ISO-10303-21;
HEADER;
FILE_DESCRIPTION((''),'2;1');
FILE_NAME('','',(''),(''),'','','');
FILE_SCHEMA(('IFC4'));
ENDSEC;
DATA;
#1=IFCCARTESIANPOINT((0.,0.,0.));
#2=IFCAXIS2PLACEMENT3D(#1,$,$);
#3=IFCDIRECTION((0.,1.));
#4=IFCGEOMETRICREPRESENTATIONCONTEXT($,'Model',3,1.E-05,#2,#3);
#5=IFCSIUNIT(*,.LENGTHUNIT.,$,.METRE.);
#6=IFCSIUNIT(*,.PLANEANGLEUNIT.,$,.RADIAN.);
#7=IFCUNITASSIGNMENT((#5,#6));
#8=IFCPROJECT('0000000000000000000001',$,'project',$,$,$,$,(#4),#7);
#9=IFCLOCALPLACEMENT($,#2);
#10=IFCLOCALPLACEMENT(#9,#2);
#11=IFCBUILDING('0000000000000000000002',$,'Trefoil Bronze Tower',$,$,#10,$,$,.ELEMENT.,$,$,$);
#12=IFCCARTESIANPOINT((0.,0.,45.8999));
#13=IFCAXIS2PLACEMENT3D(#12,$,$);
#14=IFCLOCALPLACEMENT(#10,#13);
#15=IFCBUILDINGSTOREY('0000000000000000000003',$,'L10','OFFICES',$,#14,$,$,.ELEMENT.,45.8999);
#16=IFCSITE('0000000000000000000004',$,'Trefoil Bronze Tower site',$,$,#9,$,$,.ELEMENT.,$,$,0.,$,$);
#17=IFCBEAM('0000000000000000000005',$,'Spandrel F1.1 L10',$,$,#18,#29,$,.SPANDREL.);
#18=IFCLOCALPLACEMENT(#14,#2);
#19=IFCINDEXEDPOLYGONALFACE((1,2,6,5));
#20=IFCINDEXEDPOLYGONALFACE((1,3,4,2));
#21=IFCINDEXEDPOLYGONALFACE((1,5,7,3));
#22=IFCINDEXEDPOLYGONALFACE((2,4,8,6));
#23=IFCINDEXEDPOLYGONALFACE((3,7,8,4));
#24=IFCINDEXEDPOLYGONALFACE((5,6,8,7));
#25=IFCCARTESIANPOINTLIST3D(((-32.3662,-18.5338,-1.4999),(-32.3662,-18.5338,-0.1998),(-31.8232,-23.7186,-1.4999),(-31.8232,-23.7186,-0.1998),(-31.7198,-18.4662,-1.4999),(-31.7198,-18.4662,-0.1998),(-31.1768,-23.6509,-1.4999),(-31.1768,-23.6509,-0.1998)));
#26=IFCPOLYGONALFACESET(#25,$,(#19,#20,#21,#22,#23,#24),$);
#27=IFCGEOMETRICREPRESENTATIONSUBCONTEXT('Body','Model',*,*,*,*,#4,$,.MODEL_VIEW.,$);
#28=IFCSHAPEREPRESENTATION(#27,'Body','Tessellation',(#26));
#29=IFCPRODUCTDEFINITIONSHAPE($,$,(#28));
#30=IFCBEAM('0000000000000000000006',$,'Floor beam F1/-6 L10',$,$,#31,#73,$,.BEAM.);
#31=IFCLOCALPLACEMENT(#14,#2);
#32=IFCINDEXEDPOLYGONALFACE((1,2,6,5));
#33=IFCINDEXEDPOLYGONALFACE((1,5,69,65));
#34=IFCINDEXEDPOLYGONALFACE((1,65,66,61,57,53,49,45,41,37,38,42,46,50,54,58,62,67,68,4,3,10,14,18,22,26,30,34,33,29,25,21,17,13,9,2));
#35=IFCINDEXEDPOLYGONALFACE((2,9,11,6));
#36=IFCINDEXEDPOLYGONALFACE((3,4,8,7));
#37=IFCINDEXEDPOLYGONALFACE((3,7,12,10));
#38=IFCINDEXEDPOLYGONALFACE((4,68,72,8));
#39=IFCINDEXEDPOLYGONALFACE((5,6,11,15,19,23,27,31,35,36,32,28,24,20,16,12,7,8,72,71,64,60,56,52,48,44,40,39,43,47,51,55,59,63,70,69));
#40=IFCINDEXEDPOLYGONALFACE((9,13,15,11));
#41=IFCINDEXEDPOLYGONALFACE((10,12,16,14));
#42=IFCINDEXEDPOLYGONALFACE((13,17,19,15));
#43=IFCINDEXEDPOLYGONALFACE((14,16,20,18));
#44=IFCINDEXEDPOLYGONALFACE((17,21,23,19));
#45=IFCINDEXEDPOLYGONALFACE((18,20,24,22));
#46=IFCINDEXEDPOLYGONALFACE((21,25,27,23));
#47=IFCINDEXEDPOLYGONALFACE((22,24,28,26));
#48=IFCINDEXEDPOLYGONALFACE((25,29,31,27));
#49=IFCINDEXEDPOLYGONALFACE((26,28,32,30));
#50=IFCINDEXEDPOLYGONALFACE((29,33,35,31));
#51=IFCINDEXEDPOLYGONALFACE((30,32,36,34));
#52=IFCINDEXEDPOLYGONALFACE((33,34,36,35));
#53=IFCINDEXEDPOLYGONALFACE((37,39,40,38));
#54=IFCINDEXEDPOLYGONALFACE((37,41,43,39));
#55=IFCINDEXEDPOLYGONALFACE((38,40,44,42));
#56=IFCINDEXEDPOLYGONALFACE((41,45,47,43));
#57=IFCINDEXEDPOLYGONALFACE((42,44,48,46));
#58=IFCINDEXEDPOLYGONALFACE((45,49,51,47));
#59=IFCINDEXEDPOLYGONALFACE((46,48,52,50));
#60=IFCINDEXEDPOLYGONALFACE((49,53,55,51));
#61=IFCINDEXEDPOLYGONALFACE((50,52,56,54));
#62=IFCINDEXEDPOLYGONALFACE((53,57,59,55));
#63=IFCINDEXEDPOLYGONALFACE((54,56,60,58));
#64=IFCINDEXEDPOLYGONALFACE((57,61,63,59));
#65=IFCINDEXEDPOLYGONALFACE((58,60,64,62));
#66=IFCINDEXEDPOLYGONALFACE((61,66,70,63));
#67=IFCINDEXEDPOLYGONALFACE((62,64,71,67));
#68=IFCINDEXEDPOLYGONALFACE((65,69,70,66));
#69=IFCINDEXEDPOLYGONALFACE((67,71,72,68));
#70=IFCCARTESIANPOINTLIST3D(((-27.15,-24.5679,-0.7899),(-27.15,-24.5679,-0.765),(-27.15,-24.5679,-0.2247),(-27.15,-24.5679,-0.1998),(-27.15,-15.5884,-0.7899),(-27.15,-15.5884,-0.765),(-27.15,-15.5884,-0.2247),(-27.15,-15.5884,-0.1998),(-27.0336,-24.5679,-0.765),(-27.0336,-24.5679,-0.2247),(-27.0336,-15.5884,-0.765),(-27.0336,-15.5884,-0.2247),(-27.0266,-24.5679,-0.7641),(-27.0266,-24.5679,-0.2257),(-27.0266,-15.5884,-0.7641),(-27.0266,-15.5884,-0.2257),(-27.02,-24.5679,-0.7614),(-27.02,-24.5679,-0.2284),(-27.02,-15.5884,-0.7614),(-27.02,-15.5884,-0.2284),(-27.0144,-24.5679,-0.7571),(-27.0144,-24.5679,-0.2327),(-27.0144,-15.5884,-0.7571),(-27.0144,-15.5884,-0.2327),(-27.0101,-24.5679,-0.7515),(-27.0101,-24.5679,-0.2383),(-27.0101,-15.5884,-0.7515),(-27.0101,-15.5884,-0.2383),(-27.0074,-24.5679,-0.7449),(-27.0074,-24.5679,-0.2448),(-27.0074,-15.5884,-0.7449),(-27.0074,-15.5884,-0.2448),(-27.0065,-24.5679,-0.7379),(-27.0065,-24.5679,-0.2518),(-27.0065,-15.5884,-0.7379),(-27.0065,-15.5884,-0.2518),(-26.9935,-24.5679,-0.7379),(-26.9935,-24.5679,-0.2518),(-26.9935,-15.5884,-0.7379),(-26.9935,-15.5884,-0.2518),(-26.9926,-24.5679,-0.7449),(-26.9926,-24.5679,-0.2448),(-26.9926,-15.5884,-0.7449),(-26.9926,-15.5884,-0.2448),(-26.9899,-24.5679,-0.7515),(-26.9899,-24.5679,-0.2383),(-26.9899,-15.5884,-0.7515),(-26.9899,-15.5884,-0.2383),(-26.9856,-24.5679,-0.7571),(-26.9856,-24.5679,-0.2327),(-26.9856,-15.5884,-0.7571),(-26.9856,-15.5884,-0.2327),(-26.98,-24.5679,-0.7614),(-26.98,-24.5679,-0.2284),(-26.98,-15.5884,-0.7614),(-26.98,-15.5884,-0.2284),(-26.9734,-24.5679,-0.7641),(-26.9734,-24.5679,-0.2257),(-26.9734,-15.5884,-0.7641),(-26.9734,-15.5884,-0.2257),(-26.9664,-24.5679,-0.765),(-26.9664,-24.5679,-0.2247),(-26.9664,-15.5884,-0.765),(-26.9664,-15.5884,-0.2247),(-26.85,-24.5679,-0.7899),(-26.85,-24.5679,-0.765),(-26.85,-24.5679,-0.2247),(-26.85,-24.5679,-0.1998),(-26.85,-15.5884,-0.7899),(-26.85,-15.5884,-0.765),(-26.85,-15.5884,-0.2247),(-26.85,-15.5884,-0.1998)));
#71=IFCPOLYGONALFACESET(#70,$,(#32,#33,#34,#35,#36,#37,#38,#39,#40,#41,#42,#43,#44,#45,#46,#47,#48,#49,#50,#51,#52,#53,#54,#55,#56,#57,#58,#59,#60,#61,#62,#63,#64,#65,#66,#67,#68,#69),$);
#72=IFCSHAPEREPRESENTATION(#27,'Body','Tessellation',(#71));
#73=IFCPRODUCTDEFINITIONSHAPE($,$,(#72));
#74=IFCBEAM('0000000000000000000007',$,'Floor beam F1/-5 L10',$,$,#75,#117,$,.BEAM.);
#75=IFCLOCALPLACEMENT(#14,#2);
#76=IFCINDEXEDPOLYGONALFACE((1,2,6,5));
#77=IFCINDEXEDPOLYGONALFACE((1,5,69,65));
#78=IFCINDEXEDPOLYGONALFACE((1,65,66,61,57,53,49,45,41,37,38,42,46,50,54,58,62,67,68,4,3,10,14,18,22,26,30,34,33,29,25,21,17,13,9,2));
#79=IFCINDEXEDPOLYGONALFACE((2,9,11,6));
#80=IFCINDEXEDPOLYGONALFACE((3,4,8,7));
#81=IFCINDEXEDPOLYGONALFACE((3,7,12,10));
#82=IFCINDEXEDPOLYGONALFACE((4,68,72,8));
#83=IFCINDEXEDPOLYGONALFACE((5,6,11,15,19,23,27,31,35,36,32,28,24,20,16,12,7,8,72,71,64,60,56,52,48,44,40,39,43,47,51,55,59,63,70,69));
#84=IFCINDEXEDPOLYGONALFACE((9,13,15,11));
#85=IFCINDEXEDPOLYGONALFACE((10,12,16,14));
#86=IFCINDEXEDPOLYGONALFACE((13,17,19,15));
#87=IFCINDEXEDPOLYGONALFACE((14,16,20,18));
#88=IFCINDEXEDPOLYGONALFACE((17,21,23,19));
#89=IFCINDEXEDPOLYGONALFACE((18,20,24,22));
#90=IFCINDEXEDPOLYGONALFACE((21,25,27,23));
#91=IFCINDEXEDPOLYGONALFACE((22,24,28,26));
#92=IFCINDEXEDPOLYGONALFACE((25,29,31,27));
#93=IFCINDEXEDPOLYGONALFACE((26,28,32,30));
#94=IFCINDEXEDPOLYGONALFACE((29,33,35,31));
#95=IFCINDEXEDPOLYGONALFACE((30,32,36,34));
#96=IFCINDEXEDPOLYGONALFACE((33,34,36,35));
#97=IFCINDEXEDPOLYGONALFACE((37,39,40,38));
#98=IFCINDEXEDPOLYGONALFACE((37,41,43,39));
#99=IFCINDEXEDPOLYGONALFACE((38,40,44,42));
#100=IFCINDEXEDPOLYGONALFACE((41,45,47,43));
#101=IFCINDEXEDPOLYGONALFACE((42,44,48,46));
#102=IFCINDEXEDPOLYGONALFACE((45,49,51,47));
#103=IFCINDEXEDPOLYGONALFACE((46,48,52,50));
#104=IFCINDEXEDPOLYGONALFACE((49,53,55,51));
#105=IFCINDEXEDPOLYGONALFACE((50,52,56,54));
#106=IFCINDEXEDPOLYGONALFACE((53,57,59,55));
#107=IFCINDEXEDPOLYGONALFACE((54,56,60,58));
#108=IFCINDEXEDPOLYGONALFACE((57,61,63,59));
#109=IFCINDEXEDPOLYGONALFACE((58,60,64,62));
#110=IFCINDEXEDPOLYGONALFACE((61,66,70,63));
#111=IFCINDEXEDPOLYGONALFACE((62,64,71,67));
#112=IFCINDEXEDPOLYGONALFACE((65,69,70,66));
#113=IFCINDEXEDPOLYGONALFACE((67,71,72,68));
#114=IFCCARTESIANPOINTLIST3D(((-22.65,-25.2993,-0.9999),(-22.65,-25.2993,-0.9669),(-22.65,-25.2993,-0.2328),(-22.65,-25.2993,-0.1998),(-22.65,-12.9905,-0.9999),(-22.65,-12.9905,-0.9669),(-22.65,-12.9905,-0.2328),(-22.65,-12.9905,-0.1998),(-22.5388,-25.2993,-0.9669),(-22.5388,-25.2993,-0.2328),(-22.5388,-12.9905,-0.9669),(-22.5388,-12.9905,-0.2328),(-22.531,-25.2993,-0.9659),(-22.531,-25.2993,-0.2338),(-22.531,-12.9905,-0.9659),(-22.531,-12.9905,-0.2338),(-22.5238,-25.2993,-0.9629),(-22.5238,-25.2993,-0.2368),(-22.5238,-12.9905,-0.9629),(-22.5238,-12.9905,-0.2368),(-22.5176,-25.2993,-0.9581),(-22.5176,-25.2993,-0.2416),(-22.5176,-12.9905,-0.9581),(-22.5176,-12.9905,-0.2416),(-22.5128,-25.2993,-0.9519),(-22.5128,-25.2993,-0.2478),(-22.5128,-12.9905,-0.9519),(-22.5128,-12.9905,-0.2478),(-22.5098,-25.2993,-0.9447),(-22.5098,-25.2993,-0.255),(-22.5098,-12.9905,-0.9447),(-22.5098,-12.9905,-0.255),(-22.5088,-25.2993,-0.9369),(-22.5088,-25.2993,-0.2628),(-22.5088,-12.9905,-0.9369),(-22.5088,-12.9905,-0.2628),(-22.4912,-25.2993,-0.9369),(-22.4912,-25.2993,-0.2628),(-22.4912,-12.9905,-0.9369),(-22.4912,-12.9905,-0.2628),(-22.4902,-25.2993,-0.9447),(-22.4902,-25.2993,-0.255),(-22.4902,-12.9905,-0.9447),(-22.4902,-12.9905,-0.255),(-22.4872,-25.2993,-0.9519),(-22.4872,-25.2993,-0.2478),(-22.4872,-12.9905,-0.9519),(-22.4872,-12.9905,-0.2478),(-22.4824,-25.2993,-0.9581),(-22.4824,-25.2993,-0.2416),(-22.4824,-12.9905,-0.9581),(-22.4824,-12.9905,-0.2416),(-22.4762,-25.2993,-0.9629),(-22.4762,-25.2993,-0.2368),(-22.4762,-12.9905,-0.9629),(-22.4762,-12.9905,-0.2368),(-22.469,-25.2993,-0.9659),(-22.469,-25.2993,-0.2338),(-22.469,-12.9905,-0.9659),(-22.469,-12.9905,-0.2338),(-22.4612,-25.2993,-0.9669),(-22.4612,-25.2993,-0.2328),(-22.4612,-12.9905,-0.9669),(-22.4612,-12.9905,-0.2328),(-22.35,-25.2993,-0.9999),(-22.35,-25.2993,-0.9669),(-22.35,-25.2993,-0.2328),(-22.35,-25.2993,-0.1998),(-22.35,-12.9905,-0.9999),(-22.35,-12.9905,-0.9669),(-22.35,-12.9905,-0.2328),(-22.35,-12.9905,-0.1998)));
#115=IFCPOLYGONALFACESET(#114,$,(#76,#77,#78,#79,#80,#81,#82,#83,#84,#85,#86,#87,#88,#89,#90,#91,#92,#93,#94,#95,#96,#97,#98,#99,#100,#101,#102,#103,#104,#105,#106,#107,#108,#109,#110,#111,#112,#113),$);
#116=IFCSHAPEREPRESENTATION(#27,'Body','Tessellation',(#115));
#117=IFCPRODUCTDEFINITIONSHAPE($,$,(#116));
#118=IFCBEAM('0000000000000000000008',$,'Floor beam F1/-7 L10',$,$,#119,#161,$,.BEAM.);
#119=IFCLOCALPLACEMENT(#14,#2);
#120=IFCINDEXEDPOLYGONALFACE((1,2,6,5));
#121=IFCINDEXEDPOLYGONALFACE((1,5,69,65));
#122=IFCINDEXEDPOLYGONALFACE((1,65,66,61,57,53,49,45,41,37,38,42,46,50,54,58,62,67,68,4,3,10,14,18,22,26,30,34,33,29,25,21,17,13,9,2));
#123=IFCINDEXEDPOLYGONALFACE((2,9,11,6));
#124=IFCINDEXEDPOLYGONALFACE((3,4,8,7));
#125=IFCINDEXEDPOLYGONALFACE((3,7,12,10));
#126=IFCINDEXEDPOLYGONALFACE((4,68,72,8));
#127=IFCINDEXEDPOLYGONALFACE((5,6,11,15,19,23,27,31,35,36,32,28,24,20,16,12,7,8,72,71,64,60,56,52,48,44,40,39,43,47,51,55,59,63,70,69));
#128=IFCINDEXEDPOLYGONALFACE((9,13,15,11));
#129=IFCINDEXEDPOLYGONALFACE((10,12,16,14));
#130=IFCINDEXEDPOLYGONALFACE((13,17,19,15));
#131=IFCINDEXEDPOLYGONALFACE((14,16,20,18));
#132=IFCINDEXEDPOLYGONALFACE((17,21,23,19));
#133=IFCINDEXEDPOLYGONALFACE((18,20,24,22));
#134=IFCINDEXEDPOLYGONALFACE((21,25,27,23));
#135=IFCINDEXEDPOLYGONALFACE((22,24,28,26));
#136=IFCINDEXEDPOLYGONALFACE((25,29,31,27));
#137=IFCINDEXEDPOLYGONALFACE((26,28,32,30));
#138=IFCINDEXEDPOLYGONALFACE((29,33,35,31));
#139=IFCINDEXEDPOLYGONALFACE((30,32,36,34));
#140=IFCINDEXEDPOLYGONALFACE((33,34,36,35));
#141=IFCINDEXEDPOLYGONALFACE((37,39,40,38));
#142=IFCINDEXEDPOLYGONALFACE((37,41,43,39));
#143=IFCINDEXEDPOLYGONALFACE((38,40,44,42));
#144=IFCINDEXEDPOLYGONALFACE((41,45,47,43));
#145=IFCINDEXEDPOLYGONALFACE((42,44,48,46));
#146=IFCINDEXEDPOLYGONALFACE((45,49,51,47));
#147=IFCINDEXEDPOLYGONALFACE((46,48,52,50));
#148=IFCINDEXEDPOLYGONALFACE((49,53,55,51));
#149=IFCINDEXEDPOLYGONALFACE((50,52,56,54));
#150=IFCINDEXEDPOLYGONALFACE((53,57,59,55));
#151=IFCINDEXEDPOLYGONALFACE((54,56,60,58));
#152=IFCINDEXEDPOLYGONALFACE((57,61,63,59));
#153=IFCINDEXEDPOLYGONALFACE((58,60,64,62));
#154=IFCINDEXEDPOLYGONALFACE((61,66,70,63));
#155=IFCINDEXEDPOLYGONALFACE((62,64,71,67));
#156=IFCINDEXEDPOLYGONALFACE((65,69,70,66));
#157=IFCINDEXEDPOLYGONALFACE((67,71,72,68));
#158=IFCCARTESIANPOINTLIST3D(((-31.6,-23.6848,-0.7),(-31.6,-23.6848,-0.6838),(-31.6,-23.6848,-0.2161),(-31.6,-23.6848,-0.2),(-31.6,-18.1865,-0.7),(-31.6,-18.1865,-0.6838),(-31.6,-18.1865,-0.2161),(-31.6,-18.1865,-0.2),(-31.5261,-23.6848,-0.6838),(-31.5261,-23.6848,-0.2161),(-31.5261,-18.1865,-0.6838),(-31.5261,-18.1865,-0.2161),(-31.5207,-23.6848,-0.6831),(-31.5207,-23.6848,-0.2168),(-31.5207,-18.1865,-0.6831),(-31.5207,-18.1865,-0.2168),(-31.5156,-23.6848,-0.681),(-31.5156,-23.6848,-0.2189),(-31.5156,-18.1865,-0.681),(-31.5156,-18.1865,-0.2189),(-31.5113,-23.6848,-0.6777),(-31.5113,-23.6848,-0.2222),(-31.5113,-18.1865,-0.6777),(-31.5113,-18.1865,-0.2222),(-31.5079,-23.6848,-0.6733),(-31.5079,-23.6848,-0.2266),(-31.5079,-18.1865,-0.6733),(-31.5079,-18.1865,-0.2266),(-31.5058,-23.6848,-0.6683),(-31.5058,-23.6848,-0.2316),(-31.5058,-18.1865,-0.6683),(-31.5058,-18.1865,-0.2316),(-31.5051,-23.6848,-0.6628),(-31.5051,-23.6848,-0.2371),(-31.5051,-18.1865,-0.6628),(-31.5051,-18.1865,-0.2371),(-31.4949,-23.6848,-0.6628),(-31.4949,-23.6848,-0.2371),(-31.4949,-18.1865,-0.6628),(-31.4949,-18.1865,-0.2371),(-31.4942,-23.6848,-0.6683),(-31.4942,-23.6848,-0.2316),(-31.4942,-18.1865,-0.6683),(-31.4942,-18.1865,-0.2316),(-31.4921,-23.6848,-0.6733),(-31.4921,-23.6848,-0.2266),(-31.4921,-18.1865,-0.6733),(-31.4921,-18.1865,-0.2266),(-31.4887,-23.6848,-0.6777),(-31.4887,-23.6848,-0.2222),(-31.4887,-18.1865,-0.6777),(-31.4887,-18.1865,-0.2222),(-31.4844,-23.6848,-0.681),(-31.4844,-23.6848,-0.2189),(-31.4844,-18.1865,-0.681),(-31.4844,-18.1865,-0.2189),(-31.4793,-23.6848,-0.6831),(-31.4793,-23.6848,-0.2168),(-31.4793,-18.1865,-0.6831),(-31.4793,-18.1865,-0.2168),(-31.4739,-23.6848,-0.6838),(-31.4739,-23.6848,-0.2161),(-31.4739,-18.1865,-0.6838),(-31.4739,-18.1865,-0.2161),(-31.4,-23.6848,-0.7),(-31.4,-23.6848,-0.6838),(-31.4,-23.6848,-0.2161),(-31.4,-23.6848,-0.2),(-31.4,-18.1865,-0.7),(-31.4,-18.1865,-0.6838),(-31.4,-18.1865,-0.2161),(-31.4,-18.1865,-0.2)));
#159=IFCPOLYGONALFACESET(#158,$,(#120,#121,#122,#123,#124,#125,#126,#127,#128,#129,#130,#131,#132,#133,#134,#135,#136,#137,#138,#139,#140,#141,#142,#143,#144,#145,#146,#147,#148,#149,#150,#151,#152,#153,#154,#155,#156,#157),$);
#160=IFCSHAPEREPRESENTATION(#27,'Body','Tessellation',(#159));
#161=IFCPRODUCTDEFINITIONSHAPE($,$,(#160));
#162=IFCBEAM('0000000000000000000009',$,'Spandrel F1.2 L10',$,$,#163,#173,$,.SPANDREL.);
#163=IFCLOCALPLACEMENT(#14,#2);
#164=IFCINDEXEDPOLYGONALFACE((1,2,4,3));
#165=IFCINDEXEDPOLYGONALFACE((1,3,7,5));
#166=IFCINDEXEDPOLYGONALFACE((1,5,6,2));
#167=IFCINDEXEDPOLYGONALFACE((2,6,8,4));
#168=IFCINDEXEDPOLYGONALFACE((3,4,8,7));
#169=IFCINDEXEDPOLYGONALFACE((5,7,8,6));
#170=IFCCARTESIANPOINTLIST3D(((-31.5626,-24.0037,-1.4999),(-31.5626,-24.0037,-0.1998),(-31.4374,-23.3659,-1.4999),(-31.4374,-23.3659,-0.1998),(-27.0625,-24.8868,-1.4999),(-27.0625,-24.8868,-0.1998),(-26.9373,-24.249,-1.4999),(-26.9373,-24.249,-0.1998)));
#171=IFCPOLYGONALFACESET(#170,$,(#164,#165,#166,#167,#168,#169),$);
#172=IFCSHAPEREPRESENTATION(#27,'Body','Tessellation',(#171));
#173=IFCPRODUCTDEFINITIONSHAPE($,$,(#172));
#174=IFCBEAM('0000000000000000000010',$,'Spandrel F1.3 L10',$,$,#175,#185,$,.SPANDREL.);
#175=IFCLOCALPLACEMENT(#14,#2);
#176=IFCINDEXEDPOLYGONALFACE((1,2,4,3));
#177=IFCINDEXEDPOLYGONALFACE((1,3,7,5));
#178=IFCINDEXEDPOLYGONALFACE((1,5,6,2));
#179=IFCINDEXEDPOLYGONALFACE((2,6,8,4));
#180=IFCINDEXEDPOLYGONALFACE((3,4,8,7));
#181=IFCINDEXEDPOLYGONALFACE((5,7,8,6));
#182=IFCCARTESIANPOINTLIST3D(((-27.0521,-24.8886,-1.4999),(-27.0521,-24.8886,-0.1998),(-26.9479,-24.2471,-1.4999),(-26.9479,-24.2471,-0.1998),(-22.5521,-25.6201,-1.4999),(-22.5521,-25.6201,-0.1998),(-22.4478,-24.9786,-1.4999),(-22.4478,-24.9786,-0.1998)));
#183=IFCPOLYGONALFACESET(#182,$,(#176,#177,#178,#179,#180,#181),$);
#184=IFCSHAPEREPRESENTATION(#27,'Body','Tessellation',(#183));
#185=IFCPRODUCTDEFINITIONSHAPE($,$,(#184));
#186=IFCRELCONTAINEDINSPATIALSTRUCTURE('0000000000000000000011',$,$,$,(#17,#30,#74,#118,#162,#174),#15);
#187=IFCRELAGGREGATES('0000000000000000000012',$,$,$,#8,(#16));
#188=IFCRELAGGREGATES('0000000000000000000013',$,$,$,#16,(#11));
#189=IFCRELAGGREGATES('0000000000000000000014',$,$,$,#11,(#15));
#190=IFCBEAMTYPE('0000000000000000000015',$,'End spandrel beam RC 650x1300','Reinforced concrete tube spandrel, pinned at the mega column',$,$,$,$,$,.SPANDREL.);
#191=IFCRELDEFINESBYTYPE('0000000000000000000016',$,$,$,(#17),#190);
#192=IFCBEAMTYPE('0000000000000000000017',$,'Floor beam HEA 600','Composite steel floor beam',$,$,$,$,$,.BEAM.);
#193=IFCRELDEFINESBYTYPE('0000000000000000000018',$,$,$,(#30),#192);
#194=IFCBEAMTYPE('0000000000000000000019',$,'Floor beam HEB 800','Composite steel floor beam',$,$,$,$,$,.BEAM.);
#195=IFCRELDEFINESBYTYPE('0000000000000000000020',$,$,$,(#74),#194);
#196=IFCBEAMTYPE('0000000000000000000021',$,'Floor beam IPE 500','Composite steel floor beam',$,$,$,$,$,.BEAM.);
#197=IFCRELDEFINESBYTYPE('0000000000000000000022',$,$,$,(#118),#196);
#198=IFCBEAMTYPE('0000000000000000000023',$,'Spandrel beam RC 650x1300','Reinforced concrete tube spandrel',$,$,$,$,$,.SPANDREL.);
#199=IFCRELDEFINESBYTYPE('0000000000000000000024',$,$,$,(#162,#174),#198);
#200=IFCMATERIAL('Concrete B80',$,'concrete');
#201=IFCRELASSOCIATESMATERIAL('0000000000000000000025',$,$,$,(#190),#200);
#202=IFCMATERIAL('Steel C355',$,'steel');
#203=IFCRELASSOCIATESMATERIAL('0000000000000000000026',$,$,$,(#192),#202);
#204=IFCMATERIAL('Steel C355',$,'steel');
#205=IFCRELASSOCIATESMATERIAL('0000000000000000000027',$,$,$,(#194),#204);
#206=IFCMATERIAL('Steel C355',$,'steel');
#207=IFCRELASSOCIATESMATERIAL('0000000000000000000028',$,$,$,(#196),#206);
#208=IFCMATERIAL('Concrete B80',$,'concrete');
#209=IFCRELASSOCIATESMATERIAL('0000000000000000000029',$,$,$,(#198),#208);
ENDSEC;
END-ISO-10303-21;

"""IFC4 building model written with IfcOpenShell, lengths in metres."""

from ifc_helpers import new_model, si_unit, direction, frame, origin, origin_2d, place, context, subcontext, project, spatial, rectangle, i_section, extrude, material, material_profile, profile_set, type_object, element, save


model = new_model("IFC4")

# Units and contexts
model_context = context("Model", 3, precision=1e-05, world=origin(), true_north=direction((0.0, 1.0)))
body_context = subcontext(model_context, "Body", "Model", "MODEL_VIEW")
ifc_project = project(units=[si_unit("LENGTHUNIT", "METRE"), si_unit("PLANEANGLEUNIT", "RADIAN")], contexts=[model_context])

# Site, building, storey
site_placement = place(None, origin())
site = spatial("IfcSite", under=ifc_project, at=site_placement, Name="Trefoil Bronze Tower site", CompositionType="ELEMENT", RefElevation=0.0)
building_placement = place(site_placement, origin())
building = spatial("IfcBuilding", under=site, at=building_placement, Name="Trefoil Bronze Tower", CompositionType="ELEMENT")
storey_placement = place(building_placement, frame((0.0, 0.0, 45.8999)))
storey = spatial("IfcBuildingStorey", under=building, at=storey_placement, Name="L10", Description="OFFICES", CompositionType="ELEMENT", Elevation=45.8999)

# Beams
ifc_material_1 = material(Name="Concrete B80", Category="concrete")
ifc_material_profile_1 = material_profile(ifc_material_1, rectangle(XDim=0.6499, YDim=1.3, at=origin_2d()), Name="RC 650x1300")
ifc_profile_set_1 = profile_set([ifc_material_profile_1], Name="Concrete B80")
beam_type_1 = type_object("IfcBeamType", Name="End spandrel beam RC 650x1300", Description="Reinforced concrete tube spandrel, pinned at the mega column", PredefinedType="SPANDREL", material=ifc_profile_set_1)
beam_1_placement = place(storey_placement, frame((-32.043, -18.5, -0.8499), z_axis=(0.104153, -0.994561, 0.0), x_axis=(0.994561, 0.104153, 0.0)))
element("IfcBeam", 1, at=beam_1_placement, inside=storey, type_object=beam_type_1, Name="Spandrel F1.1 L10", PredefinedType="SPANDREL", context=body_context, shape_type="SweptSolid", body=[
    extrude(rectangle(XDim=0.6499, YDim=1.3, at=origin_2d()), origin(), (0.0, 0.0, 1.0), 5.2131),
])
ifc_material_2 = material(Name="Steel C355", Category="steel")
ifc_material_profile_2 = material_profile(ifc_material_2, i_section(OverallWidth=0.3, OverallDepth=0.5901, WebThickness=0.0129, FlangeThickness=0.0249, FilletRadius=0.0271, at=origin_2d()), Name="HEA 600")
ifc_profile_set_2 = profile_set([ifc_material_profile_2], Name="Steel C355")
beam_type_2 = type_object("IfcBeamType", Name="Floor beam HEA 600", Description="Composite steel floor beam", PredefinedType="BEAM", material=ifc_profile_set_2)
beam_2_placement = place(storey_placement, frame((-27.0, -24.5679, -0.4949), z_axis=(0.0, 1.0, 0.0), x_axis=(-1.0, 0.0, 0.0)))
element("IfcBeam", 2, at=beam_2_placement, inside=storey, type_object=beam_type_2, Name="Floor beam F1/-6 L10", PredefinedType="BEAM", context=body_context, shape_type="SweptSolid", body=[
    extrude(i_section(OverallWidth=0.3, OverallDepth=0.5901, WebThickness=0.0129, FlangeThickness=0.0249, FilletRadius=0.0271, at=origin_2d()), origin(), (0.0, 0.0, 1.0), 8.9795),
])
ifc_material_3 = material(Name="Steel C355", Category="steel")
ifc_material_profile_3 = material_profile(ifc_material_3, i_section(OverallWidth=0.3, OverallDepth=0.8, WebThickness=0.0176, FlangeThickness=0.033, FilletRadius=0.03, at=origin_2d()), Name="HEB 800")
ifc_profile_set_3 = profile_set([ifc_material_profile_3], Name="Steel C355")
beam_type_3 = type_object("IfcBeamType", Name="Floor beam HEB 800", Description="Composite steel floor beam", PredefinedType="BEAM", material=ifc_profile_set_3)
beam_3_placement = place(storey_placement, frame((-22.5, -25.2993, -0.5999), z_axis=(0.0, 1.0, 0.0), x_axis=(-1.0, 0.0, 0.0)))
element("IfcBeam", 3, at=beam_3_placement, inside=storey, type_object=beam_type_3, Name="Floor beam F1/-5 L10", PredefinedType="BEAM", context=body_context, shape_type="SweptSolid", body=[
    extrude(i_section(OverallWidth=0.3, OverallDepth=0.8, WebThickness=0.0176, FlangeThickness=0.033, FilletRadius=0.03, at=origin_2d()), origin(), (0.0, 0.0, 1.0), 12.3088),
])
ifc_material_4 = material(Name="Steel C355", Category="steel")
ifc_material_profile_4 = material_profile(ifc_material_4, i_section(OverallWidth=0.2, OverallDepth=0.5, WebThickness=0.0103, FlangeThickness=0.0161, FilletRadius=0.021, at=origin_2d()), Name="IPE 500")
ifc_profile_set_4 = profile_set([ifc_material_profile_4], Name="Steel C355")
beam_type_4 = type_object("IfcBeamType", Name="Floor beam IPE 500", Description="Composite steel floor beam", PredefinedType="BEAM", material=ifc_profile_set_4)
beam_4_placement = place(storey_placement, frame((-31.5, -23.6848, -0.45), z_axis=(0.0, 1.0, 0.0), x_axis=(-1.0, 0.0, 0.0)))
element("IfcBeam", 4, at=beam_4_placement, inside=storey, type_object=beam_type_4, Name="Floor beam F1/-7 L10", PredefinedType="BEAM", context=body_context, shape_type="SweptSolid", body=[
    extrude(i_section(OverallWidth=0.2, OverallDepth=0.5, WebThickness=0.0103, FlangeThickness=0.0161, FilletRadius=0.021, at=origin_2d()), origin(), (0.0, 0.0, 1.0), 5.4983),
])
ifc_material_5 = material(Name="Concrete B80", Category="concrete")
ifc_material_profile_5 = material_profile(ifc_material_5, rectangle(XDim=0.6499, YDim=1.3, at=origin_2d()), Name="RC 650x1300")
ifc_profile_set_5 = profile_set([ifc_material_profile_5], Name="Concrete B80")
beam_type_5 = type_object("IfcBeamType", Name="Spandrel beam RC 650x1300", Description="Reinforced concrete tube spandrel", PredefinedType="SPANDREL", material=ifc_profile_set_5)
beam_5_placement = place(storey_placement, frame((-31.5, -23.6848, -0.8499), z_axis=(0.981285, -0.192562, 0.0), x_axis=(0.192562, 0.981285, 0.0)))
element("IfcBeam", 5, at=beam_5_placement, inside=storey, type_object=beam_type_5, Name="Spandrel F1.2 L10", PredefinedType="SPANDREL", context=body_context, shape_type="SweptSolid", body=[
    extrude(rectangle(XDim=0.6499, YDim=1.3, at=origin_2d()), origin(), (0.0, 0.0, 1.0), 4.5859),
])
beam_6_placement = place(storey_placement, frame((-27.0, -24.5679, -0.8499), z_axis=(0.987046, -0.160438, 0.0), x_axis=(0.160438, 0.987046, 0.0)))
element("IfcBeam", 6, at=beam_6_placement, inside=storey, type_object=beam_type_5, Name="Spandrel F1.3 L10", PredefinedType="SPANDREL", context=body_context, shape_type="SweptSolid", body=[
    extrude(rectangle(XDim=0.6499, YDim=1.3, at=origin_2d()), origin(), (0.0, 0.0, 1.0), 4.5591),
])

save(model, "model.ifc")
